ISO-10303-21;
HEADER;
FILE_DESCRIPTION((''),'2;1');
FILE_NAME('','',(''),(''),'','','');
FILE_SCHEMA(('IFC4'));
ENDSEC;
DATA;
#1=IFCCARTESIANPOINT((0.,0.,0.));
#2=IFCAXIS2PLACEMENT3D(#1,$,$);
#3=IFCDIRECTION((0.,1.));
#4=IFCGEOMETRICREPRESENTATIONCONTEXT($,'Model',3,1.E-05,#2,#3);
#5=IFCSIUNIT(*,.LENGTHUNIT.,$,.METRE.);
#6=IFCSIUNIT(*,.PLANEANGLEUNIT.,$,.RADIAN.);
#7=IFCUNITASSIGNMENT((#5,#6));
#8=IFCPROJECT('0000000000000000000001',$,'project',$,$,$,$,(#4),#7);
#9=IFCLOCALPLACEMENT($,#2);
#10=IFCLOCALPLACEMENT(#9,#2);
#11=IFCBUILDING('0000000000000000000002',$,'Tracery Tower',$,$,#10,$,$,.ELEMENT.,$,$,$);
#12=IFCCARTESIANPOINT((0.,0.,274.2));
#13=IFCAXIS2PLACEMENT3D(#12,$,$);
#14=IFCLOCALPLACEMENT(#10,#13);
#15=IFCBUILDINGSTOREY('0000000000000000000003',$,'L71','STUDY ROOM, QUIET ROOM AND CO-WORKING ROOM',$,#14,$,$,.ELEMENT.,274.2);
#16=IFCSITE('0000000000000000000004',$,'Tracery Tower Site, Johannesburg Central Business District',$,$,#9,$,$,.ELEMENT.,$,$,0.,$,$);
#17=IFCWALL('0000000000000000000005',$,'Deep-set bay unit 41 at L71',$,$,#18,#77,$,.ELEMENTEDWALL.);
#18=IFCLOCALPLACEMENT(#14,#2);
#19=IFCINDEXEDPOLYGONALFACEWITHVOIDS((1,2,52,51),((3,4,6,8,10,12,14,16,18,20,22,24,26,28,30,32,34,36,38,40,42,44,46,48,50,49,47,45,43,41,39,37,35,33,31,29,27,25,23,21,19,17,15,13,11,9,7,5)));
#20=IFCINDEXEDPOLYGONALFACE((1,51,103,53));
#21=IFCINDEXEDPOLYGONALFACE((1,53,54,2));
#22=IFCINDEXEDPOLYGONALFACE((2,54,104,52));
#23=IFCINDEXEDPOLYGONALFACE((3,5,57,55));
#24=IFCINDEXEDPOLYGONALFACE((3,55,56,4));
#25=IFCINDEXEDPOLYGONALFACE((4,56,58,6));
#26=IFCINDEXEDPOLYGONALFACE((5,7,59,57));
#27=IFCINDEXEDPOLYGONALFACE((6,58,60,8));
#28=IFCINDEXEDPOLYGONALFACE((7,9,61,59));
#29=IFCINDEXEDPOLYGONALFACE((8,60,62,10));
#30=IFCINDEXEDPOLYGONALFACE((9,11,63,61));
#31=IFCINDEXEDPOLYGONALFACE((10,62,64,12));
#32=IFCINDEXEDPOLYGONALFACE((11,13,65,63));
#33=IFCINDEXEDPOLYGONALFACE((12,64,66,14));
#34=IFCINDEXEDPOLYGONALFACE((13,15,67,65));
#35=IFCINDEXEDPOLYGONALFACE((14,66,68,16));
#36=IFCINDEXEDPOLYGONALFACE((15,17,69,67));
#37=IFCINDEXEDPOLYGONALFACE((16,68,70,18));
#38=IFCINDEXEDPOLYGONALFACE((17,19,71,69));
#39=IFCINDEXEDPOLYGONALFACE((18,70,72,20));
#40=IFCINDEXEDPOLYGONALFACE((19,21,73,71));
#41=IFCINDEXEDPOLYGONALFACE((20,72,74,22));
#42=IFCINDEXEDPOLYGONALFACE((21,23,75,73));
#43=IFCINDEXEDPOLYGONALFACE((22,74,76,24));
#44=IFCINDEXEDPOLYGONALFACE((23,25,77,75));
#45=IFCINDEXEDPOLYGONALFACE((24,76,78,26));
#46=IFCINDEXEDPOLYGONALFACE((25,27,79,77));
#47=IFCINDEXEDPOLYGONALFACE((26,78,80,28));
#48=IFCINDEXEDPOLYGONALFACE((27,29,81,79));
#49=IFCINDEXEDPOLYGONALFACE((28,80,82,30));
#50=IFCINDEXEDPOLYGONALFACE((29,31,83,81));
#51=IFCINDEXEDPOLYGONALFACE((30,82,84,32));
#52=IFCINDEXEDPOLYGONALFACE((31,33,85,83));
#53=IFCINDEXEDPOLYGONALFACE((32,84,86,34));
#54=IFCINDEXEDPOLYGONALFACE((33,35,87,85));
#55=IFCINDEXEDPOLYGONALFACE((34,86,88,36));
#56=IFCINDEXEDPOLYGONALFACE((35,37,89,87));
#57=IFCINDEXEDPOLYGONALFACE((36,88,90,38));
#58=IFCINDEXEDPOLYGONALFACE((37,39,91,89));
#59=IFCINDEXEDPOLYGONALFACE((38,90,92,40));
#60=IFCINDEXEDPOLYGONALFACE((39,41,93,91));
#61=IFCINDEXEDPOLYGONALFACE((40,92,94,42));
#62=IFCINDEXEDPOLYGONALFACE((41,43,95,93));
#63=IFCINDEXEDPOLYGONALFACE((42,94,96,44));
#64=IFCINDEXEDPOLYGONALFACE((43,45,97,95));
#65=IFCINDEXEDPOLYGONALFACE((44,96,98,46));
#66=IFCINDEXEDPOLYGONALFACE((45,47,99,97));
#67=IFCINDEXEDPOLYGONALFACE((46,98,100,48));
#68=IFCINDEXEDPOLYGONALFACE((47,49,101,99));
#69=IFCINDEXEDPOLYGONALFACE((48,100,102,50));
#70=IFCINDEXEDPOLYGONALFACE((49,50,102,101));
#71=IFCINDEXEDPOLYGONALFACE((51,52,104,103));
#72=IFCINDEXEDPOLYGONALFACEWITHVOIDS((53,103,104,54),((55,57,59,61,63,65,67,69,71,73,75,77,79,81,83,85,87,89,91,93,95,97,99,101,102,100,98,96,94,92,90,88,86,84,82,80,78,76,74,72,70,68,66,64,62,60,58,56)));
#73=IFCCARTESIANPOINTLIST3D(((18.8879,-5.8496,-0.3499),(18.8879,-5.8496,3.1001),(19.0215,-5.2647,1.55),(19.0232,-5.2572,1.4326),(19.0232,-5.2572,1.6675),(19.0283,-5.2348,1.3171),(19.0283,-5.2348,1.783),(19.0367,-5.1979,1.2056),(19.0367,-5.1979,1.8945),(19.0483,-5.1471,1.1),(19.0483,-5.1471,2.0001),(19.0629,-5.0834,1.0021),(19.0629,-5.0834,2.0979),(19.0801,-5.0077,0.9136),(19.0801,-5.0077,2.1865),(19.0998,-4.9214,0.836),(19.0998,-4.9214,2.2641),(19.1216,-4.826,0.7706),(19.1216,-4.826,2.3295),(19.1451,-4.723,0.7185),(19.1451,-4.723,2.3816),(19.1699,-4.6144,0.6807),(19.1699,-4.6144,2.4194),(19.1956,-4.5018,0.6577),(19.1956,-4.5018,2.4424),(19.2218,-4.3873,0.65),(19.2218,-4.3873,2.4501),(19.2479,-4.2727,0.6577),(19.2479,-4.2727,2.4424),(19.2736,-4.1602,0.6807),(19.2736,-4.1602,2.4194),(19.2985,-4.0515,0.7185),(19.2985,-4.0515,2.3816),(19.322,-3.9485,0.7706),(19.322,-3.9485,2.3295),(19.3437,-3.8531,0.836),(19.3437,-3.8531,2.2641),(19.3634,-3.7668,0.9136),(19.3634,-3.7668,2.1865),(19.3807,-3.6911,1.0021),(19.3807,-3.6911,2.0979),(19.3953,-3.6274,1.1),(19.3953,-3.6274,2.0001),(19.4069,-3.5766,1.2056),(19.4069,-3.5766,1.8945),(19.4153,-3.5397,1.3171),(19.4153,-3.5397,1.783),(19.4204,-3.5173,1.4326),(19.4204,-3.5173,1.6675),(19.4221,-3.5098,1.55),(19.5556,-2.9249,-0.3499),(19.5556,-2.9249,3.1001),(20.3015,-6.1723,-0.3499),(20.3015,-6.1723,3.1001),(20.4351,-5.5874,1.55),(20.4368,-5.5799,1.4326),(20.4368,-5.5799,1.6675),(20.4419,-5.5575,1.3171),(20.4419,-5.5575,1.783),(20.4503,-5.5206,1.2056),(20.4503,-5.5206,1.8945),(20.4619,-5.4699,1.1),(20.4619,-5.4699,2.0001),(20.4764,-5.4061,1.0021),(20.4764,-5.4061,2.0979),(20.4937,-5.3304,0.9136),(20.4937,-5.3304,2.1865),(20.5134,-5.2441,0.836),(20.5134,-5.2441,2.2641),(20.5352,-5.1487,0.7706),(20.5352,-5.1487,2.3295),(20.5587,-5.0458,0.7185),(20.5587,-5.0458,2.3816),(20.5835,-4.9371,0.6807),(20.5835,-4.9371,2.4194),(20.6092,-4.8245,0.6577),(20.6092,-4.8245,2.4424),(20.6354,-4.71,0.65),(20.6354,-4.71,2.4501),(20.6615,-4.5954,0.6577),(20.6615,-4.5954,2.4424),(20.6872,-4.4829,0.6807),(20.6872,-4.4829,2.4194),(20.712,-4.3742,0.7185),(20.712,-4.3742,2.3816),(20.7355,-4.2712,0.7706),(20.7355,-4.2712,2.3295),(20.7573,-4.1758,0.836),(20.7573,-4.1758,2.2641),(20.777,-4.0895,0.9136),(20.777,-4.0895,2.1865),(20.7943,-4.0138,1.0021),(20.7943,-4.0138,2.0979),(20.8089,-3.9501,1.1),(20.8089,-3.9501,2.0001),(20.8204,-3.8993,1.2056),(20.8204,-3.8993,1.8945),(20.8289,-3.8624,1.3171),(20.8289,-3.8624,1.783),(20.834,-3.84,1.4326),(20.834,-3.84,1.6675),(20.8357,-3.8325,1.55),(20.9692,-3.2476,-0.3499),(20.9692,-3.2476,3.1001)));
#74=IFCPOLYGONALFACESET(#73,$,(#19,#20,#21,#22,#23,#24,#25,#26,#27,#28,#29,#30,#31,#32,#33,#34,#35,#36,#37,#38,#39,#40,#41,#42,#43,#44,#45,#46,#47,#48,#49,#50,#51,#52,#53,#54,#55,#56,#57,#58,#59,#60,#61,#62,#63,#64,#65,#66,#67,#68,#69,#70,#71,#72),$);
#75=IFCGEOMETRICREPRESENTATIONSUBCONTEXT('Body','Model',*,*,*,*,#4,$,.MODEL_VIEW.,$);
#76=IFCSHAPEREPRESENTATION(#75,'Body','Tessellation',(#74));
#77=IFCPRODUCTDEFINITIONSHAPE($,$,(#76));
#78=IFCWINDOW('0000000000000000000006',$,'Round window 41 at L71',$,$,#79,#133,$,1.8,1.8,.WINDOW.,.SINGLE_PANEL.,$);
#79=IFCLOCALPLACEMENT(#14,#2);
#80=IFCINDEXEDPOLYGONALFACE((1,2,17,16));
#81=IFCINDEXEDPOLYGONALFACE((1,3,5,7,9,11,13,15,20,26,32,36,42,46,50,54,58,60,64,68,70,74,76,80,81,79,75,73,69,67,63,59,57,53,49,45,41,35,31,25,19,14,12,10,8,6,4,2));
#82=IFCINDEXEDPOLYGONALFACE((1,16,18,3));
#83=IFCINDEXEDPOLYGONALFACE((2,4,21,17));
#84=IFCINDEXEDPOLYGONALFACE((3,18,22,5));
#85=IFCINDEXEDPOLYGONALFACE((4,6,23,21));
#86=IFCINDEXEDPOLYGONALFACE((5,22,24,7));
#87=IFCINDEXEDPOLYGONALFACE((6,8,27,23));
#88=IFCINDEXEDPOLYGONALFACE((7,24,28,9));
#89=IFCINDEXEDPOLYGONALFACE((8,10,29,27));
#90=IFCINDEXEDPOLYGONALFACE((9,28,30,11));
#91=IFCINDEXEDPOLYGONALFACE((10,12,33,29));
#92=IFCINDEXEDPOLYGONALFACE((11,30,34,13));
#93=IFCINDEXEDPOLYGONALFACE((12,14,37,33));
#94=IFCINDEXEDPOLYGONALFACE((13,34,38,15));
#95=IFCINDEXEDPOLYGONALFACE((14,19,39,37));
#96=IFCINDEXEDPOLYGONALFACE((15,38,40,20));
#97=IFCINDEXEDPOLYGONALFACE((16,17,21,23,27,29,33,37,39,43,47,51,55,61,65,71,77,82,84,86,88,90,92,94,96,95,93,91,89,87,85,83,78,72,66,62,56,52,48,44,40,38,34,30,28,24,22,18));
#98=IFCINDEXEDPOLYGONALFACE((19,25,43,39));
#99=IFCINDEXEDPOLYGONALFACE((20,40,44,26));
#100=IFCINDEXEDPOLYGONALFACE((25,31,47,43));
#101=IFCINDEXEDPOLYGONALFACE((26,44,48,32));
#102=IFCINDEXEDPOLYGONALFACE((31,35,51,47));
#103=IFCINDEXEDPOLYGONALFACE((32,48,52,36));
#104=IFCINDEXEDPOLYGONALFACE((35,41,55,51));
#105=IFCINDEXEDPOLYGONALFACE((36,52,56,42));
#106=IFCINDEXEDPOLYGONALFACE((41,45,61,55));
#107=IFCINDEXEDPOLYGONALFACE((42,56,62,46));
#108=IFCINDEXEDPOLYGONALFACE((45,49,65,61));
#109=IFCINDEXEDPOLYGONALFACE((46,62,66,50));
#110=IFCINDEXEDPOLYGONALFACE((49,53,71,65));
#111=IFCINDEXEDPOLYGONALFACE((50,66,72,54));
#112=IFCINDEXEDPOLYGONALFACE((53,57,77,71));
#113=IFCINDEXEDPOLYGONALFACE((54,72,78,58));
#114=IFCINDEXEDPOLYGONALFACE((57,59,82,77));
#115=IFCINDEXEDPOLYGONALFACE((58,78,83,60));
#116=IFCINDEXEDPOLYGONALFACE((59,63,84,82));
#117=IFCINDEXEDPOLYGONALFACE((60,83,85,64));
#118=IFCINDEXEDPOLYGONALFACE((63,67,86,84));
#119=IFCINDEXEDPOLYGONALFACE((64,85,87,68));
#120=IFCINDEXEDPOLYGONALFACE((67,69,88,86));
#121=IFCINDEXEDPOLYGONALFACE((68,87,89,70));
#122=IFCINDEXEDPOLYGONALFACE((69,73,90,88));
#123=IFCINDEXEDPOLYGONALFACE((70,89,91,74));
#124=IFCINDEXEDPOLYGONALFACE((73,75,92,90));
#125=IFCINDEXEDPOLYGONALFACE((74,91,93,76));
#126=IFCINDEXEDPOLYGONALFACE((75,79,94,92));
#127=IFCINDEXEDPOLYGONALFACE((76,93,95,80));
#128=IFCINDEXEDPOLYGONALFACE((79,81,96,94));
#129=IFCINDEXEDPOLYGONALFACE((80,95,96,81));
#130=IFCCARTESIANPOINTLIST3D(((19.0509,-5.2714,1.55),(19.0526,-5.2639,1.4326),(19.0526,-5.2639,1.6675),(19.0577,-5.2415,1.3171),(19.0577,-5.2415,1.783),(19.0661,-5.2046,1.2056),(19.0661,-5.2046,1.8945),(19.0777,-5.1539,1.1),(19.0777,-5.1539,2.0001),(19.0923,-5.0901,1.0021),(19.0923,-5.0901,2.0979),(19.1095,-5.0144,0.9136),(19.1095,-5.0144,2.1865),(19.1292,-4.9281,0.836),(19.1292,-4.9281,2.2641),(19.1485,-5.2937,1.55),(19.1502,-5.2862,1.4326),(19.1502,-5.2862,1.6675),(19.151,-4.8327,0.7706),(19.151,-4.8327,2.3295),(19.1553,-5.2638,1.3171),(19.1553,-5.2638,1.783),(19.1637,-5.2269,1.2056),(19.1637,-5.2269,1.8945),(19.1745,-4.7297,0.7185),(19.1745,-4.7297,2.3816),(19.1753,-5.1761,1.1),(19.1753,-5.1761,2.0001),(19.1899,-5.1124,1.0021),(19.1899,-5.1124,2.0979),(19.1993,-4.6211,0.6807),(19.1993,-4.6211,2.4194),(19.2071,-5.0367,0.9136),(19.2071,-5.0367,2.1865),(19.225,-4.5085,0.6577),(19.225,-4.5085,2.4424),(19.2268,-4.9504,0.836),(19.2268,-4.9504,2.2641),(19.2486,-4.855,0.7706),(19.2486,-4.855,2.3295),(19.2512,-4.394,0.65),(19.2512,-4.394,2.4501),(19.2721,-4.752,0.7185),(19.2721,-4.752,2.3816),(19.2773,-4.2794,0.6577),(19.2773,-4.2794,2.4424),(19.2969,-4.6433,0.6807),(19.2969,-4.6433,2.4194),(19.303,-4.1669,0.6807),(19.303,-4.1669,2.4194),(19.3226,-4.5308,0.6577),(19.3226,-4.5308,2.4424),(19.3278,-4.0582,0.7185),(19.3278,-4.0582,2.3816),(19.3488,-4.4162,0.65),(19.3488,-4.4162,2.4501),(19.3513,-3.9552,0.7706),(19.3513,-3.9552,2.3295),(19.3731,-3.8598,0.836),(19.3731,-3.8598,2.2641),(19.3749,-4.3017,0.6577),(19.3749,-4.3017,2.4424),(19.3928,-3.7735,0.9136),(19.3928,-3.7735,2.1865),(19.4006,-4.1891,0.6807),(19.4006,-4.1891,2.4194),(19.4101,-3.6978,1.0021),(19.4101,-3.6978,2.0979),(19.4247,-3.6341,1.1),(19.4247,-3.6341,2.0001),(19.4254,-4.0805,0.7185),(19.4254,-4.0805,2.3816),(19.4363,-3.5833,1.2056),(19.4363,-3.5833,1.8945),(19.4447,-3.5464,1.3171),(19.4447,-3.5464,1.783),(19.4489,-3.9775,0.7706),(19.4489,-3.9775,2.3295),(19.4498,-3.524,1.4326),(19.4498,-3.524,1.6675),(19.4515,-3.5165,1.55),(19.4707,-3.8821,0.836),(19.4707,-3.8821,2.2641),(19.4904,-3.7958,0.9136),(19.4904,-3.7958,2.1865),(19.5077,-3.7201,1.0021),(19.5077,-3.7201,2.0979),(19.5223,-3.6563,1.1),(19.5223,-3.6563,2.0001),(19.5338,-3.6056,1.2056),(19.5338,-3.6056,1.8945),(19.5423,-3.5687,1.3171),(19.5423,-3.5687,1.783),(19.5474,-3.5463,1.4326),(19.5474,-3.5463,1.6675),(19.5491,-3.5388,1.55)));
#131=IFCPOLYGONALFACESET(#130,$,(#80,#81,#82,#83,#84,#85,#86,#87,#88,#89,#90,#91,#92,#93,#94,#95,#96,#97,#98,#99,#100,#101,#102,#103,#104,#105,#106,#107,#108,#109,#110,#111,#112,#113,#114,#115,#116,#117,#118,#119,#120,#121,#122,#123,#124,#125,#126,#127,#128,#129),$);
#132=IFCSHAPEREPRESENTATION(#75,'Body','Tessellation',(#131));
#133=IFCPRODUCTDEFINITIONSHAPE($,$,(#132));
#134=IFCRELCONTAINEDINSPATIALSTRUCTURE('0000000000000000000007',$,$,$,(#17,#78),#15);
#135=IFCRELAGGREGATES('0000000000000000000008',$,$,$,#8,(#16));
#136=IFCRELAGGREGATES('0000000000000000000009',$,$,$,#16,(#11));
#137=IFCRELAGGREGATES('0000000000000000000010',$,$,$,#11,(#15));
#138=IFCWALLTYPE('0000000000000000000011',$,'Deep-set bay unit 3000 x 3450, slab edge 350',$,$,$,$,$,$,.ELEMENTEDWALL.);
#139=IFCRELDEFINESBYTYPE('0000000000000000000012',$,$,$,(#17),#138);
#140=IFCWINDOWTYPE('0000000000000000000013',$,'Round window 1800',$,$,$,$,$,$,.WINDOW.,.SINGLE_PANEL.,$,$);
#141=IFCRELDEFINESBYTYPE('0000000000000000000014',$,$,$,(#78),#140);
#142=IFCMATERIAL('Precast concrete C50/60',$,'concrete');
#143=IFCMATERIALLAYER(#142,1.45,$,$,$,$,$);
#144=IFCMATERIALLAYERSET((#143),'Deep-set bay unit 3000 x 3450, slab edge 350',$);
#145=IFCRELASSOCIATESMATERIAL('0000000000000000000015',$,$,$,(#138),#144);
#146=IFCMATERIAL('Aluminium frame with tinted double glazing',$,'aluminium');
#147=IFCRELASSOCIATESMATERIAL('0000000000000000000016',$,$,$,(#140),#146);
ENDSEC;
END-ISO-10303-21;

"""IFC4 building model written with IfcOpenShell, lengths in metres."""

from ifc_helpers import new_model, si_unit, direction, frame, frame_2d, origin, origin_2d, place, context, subcontext, project, spatial, rectangle, circle, extrude, material, layer, layer_set, type_object, element, fill, save


model = new_model("IFC4")

# Units and contexts
model_context = context("Model", 3, precision=1e-05, world=origin(), true_north=direction((0.0, 1.0)))
body_context = subcontext(model_context, "Body", "Model", "MODEL_VIEW")
ifc_project = project(units=[si_unit("LENGTHUNIT", "METRE"), si_unit("PLANEANGLEUNIT", "RADIAN")], contexts=[model_context])

# Site, building, storey
site_placement = place(None, origin())
site = spatial("IfcSite", under=ifc_project, at=site_placement, Name="Tracery Tower Site, Johannesburg Central Business District", CompositionType="ELEMENT", RefElevation=0.0)
building_placement = place(site_placement, origin())
building = spatial("IfcBuilding", under=site, at=building_placement, Name="Tracery Tower", CompositionType="ELEMENT")
storey_placement = place(building_placement, frame((0.0, 0.0, 274.2)))
storey = spatial("IfcBuildingStorey", under=building, at=storey_placement, Name="L71", Description="STUDY ROOM, QUIET ROOM AND CO-WORKING ROOM", CompositionType="ELEMENT", Elevation=274.2)

# Wall, opening, window
ifc_material_1 = material(Name="Precast concrete C50/60", Category="concrete")
ifc_layer_1 = layer(ifc_material_1, 1.45)
ifc_layer_set_1 = layer_set([ifc_layer_1], Name="Deep-set bay unit 3000 x 3450, slab edge 350")
wall_type_1 = type_object("IfcWallType", Name="Deep-set bay unit 3000 x 3450, slab edge 350", PredefinedType="ELEMENTEDWALL", material=ifc_layer_set_1)
wall_1_placement = place(storey_placement, frame((19.5947, -6.011, -0.3499), z_axis=(0.0, 0.0, 1.0), x_axis=(0.222571, 0.974917, 0.0)))
wall_1 = element("IfcWall", 1, at=wall_1_placement, inside=storey, type_object=wall_type_1, Name="Deep-set bay unit 41 at L71", PredefinedType="ELEMENTEDWALL", context=body_context, shape_type="SweptSolid", body=[
    extrude(rectangle(XDim=3.0, YDim=1.45, at=frame_2d((1.5, 0.0))), origin(), (0.0, 0.0, 1.0), 3.45),
])
opening_1_placement = place(wall_1_placement, frame((1.5, 0.0, 1.8999)))
opening_1 = element("IfcOpeningElement", 2, at=opening_1_placement, cuts=wall_1, PredefinedType="OPENING", context=body_context, shape_type="SweptSolid", body=[
    extrude(circle(Radius=0.9, at=origin_2d()), frame((0.0, 0.7349, 0.0), z_axis=(0.0, -1.0, 0.0), x_axis=(1.0, 0.0, 0.0)), (0.0, 0.0, 1.0), 1.47),
])
ifc_material_2 = material(Name="Aluminium frame with tinted double glazing", Category="aluminium")
window_type = type_object("IfcWindowType", Name="Round window 1800", PartitioningType="SINGLE_PANEL", PredefinedType="WINDOW", material=ifc_material_2)
window_1_placement = place(opening_1_placement, origin())
window_1 = element("IfcWindow", 3, at=window_1_placement, inside=storey, type_object=window_type, Name="Round window 41 at L71", OverallHeight=1.8, OverallWidth=1.8, PartitioningType="SINGLE_PANEL", PredefinedType="WINDOW", context=body_context, shape_type="SweptSolid", body=[
    extrude(circle(Radius=0.9, at=origin_2d()), frame((0.0, 0.6948, 0.0), z_axis=(0.0, -1.0, 0.0), x_axis=(1.0, 0.0, 0.0)), (0.0, 0.0, 1.0), 0.1001),
])
fill(opening_1, window_1)

save(model, "model.ifc")
